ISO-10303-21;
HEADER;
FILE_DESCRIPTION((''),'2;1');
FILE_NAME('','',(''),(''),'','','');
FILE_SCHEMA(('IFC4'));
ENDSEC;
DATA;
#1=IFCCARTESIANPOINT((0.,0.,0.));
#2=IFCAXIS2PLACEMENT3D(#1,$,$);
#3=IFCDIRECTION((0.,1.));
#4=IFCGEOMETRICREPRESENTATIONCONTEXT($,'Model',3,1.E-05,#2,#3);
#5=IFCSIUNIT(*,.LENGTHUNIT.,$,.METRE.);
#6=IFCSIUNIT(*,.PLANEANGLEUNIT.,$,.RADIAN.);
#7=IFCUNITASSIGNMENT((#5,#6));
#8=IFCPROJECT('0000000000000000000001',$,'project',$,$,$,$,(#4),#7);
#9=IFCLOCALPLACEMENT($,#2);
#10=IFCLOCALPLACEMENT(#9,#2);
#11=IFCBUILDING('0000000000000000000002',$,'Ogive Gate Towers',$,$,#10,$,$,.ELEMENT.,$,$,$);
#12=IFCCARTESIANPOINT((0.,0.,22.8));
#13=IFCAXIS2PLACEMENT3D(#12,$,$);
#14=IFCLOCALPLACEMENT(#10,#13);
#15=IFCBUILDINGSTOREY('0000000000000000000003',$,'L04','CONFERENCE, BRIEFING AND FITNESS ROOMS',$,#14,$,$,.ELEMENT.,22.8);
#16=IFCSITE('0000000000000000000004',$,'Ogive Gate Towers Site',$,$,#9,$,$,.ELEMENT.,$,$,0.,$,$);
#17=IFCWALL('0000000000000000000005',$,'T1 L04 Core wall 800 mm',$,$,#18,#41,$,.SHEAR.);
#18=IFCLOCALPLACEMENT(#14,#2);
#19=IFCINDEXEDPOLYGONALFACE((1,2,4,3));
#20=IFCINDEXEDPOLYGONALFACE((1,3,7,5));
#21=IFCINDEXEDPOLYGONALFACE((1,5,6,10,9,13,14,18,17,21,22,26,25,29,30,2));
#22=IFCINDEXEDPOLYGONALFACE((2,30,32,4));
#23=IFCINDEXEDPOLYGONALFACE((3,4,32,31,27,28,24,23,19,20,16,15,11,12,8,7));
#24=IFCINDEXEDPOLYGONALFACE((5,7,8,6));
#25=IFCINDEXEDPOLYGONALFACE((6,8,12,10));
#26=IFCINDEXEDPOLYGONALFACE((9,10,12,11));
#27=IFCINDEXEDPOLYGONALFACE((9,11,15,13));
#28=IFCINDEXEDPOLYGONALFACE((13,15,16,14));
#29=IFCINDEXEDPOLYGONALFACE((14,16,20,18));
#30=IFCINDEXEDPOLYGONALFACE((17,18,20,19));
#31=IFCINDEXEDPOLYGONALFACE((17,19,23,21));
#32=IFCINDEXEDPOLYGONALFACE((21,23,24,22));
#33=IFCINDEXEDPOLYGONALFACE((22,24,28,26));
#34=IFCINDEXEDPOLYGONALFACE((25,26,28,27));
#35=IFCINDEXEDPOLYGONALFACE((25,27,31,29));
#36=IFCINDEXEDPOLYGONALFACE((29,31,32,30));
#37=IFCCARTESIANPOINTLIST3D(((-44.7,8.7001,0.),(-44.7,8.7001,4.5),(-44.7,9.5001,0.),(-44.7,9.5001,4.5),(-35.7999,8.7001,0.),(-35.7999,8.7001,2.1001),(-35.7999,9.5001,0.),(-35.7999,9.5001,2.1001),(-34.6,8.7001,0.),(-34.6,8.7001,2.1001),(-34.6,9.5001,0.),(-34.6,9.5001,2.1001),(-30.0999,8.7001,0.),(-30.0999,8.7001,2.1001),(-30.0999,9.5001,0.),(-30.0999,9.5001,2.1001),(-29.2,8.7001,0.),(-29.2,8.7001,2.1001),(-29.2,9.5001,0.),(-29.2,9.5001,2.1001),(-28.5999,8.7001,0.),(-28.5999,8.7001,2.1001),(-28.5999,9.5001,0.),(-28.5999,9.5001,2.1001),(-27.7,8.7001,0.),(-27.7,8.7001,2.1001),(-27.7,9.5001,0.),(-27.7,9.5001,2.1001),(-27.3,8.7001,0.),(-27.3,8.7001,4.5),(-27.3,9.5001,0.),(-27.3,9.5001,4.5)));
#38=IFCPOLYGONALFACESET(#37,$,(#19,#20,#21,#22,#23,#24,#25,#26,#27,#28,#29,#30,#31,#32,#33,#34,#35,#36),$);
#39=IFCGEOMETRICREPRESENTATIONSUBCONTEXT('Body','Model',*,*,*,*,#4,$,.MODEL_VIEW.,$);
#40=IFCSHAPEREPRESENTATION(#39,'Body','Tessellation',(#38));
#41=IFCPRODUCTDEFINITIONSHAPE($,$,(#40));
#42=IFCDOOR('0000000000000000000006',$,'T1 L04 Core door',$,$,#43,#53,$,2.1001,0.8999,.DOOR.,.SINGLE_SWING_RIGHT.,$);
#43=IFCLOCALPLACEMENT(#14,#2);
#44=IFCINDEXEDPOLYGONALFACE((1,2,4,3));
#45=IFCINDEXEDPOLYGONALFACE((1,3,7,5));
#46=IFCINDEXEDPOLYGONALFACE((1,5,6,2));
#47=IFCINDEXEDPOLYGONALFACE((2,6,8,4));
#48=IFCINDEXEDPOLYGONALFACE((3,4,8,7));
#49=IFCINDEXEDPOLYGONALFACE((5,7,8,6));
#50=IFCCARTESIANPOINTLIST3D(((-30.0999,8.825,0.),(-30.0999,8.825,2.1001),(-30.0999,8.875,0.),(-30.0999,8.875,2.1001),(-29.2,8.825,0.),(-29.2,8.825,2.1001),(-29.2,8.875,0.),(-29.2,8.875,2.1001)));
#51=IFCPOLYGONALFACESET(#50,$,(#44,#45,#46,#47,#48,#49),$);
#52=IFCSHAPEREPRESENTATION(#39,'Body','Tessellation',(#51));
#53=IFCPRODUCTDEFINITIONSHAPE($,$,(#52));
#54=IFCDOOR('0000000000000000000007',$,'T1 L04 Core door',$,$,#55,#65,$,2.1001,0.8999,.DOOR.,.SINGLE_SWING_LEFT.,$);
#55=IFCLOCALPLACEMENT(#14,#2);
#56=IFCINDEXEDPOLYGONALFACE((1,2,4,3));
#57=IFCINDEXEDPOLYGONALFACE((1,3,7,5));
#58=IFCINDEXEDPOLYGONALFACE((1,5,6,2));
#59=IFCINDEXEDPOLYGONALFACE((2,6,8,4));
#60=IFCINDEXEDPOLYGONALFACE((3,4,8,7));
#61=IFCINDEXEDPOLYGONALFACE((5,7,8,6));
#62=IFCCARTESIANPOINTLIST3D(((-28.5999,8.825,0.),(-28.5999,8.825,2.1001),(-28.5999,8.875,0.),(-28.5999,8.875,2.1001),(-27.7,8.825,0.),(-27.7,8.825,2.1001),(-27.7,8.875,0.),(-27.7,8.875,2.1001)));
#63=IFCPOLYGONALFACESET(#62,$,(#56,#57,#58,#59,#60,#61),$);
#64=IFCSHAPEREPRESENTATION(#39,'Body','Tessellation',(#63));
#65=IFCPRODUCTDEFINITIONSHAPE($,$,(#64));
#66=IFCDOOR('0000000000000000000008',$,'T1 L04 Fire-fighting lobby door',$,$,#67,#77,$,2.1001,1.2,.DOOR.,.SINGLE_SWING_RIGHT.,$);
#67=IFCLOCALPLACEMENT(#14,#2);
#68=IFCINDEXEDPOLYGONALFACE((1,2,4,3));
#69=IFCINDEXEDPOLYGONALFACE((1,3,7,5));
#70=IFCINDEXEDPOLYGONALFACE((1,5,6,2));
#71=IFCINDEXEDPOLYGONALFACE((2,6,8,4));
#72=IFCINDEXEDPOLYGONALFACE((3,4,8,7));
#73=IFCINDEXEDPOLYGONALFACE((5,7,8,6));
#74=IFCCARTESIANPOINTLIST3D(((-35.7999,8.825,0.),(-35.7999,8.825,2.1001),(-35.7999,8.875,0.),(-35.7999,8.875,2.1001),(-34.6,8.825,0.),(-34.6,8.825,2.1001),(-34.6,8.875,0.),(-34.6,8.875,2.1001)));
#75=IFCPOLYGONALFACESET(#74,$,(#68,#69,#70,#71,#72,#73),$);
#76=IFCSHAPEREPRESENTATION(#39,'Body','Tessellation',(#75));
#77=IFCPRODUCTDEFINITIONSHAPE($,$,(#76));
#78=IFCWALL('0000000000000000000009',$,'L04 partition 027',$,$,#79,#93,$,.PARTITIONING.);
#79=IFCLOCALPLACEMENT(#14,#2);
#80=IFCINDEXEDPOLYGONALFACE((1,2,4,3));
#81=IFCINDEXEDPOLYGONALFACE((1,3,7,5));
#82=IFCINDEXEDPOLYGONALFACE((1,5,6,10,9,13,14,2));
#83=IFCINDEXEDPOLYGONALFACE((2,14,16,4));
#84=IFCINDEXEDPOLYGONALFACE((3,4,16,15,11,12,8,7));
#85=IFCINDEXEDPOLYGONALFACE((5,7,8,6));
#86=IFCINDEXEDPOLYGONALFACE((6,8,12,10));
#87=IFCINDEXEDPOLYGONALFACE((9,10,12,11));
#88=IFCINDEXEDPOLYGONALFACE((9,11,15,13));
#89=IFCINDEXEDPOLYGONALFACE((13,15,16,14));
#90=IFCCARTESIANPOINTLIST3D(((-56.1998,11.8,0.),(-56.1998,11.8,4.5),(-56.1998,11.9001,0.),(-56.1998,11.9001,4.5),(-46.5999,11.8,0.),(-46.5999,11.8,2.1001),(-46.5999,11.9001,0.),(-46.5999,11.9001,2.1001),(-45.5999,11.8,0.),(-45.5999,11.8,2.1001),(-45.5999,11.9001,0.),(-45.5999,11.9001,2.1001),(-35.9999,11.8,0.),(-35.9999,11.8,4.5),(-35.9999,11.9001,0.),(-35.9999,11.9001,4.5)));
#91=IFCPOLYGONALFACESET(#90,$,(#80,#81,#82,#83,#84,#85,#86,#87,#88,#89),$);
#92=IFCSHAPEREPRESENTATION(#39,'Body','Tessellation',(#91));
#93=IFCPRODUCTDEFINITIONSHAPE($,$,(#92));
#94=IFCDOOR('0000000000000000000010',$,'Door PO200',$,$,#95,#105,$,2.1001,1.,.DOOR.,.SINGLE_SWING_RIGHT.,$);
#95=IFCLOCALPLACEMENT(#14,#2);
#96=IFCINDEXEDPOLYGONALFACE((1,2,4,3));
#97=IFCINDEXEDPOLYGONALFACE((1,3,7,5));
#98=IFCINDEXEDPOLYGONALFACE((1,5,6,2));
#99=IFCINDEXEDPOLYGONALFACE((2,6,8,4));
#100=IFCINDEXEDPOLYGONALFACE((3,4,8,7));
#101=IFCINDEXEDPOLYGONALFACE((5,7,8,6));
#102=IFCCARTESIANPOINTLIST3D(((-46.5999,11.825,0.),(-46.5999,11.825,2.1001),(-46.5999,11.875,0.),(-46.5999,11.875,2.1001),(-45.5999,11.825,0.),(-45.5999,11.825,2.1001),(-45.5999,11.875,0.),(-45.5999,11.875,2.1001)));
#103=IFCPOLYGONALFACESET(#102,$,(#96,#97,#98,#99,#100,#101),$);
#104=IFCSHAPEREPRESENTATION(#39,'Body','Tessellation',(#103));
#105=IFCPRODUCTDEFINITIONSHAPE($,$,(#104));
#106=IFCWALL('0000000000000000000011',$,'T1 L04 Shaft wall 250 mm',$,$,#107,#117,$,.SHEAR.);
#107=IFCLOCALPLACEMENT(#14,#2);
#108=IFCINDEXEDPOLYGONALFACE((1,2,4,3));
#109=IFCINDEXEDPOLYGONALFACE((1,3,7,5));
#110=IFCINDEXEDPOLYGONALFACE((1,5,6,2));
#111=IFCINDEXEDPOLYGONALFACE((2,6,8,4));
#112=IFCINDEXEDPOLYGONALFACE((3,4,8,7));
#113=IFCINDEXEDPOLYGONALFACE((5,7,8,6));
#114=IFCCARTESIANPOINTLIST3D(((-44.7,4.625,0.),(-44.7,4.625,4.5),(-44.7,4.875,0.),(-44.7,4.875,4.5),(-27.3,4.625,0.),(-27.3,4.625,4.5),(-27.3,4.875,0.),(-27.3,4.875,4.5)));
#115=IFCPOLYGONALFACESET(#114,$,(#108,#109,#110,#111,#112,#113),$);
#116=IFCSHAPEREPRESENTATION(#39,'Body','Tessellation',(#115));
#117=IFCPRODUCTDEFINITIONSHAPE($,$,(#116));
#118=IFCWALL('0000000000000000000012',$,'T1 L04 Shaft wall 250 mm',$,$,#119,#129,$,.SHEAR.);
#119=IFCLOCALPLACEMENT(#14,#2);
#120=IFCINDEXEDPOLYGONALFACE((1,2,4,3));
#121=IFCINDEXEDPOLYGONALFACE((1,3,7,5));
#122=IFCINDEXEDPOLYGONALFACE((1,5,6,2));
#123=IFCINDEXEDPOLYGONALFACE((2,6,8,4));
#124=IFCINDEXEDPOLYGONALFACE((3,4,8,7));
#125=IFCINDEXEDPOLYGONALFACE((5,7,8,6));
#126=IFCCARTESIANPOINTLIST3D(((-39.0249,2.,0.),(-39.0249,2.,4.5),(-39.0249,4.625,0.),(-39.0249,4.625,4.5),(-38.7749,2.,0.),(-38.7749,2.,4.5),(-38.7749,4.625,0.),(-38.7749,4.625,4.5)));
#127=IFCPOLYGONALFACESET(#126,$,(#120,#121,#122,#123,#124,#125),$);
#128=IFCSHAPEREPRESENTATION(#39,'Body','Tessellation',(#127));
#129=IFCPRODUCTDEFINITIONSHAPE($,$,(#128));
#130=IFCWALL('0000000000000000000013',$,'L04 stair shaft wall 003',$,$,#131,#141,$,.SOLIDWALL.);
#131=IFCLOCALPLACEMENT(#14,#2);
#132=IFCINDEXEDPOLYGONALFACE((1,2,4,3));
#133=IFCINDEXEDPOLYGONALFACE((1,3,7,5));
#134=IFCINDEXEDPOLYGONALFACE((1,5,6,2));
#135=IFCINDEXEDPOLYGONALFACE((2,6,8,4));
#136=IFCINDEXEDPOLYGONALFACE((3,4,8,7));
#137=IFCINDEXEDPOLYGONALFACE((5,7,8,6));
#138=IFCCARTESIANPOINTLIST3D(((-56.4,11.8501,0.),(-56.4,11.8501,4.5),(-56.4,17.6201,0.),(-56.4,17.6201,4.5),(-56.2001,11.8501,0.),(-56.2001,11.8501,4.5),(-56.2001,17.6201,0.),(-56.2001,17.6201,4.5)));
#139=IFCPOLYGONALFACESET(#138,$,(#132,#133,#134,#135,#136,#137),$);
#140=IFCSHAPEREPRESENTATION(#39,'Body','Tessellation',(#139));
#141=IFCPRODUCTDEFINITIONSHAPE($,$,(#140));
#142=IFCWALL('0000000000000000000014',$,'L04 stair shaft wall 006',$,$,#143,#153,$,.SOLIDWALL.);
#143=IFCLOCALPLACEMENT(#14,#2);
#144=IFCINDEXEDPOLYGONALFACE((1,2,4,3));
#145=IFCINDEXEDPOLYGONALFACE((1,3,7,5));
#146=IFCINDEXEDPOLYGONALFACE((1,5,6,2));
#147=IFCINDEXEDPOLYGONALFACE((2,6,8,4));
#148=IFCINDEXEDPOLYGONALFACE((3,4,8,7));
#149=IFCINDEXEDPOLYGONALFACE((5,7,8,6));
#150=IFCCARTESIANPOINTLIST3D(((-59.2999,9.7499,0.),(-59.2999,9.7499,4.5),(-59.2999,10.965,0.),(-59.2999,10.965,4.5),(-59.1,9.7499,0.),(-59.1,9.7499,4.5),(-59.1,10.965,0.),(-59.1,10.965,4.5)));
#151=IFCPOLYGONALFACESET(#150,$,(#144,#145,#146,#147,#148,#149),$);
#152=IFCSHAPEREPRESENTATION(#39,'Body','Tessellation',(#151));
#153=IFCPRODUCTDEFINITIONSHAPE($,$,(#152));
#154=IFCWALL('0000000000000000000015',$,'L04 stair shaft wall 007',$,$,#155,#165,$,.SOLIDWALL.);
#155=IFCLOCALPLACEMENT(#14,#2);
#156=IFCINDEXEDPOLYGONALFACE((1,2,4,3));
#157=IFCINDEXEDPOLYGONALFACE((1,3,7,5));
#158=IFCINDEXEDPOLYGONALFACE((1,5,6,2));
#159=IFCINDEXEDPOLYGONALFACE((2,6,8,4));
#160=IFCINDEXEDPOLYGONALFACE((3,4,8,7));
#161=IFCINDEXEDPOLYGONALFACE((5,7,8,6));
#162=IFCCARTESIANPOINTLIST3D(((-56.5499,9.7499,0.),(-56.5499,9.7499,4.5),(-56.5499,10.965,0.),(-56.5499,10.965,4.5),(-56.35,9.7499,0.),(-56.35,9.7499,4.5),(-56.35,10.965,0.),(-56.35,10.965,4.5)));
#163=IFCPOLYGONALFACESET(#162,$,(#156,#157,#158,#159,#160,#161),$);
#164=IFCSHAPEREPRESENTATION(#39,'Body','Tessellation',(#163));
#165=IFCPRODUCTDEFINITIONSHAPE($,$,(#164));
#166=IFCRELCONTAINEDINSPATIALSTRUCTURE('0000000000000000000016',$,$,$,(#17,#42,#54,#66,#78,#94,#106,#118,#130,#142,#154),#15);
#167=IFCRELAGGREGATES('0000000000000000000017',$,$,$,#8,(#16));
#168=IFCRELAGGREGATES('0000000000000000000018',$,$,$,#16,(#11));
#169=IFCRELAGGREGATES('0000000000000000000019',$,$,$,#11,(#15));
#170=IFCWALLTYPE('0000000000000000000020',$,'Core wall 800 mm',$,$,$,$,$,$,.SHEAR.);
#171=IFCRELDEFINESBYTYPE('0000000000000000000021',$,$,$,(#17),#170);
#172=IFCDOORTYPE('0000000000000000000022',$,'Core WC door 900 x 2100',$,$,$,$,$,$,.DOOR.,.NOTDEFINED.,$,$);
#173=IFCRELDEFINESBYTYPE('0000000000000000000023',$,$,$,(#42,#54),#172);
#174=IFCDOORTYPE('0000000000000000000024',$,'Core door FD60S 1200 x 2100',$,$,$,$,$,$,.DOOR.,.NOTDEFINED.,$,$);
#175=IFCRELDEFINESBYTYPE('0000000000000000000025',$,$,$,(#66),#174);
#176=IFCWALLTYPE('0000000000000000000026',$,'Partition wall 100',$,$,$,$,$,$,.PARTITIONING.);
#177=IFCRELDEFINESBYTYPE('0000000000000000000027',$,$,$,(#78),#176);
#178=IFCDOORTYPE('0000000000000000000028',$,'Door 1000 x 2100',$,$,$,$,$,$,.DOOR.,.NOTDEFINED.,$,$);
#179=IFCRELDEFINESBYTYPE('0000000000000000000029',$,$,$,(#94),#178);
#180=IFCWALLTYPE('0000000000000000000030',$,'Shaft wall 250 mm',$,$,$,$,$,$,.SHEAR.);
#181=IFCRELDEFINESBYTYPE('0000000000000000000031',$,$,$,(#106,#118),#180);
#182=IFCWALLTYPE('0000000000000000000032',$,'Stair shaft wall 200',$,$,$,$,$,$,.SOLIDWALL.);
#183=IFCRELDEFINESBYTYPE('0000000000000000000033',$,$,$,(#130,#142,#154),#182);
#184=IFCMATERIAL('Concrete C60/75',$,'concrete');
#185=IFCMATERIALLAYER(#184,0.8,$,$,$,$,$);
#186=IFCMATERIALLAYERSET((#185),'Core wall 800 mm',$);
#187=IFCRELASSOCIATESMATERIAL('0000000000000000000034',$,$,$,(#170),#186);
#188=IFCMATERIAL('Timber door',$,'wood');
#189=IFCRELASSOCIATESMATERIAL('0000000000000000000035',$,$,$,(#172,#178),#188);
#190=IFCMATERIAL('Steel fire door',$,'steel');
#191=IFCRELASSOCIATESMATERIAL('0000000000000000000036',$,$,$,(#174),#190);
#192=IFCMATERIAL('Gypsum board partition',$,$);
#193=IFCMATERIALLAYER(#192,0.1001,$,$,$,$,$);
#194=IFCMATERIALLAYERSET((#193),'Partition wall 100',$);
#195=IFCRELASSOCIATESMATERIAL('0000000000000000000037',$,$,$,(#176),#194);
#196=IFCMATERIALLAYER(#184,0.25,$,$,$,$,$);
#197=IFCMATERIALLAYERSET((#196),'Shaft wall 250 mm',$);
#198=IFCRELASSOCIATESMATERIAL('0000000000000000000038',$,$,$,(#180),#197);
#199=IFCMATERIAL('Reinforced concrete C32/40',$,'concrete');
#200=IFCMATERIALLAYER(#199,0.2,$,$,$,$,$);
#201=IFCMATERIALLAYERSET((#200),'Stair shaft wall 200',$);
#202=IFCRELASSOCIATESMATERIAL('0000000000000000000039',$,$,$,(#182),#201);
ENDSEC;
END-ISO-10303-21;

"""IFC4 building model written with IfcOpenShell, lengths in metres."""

from ifc_helpers import new_model, si_unit, direction, frame, frame_2d, origin, place, context, subcontext, project, spatial, rectangle, extrude, material, layer, layer_set, type_object, element, fill, save


model = new_model("IFC4")

# Units and contexts
model_context = context("Model", 3, precision=1e-05, world=origin(), true_north=direction((0.0, 1.0)))
body_context = subcontext(model_context, "Body", "Model", "MODEL_VIEW")
ifc_project = project(units=[si_unit("LENGTHUNIT", "METRE"), si_unit("PLANEANGLEUNIT", "RADIAN")], contexts=[model_context])

# Site, building, storey
site_placement = place(None, origin())
site = spatial("IfcSite", under=ifc_project, at=site_placement, Name="Ogive Gate Towers Site", CompositionType="ELEMENT", RefElevation=0.0)
building_placement = place(site_placement, origin())
building = spatial("IfcBuilding", under=site, at=building_placement, Name="Ogive Gate Towers", CompositionType="ELEMENT")
storey_placement = place(building_placement, frame((0.0, 0.0, 22.8)))
storey = spatial("IfcBuildingStorey", under=building, at=storey_placement, Name="L04", Description="CONFERENCE, BRIEFING AND FITNESS ROOMS", CompositionType="ELEMENT", Elevation=22.8)

# Wall, openings, doors
ifc_material_1 = material(Name="Concrete C60/75", Category="concrete")
ifc_layer_1 = layer(ifc_material_1, 0.8)
ifc_layer_set_1 = layer_set([ifc_layer_1], Name="Core wall 800 mm")
wall_type_1 = type_object("IfcWallType", Name="Core wall 800 mm", PredefinedType="SHEAR", material=ifc_layer_set_1)
wall_1_placement = place(storey_placement, frame((-44.7, 9.1001, 0.0), z_axis=(0.0, 0.0, 1.0), x_axis=(1.0, 0.0, 0.0)))
wall_1 = element("IfcWall", 1, at=wall_1_placement, inside=storey, type_object=wall_type_1, Name="T1 L04 Core wall 800 mm", PredefinedType="SHEAR", context=body_context, shape_type="SweptSolid", body=[
    extrude(rectangle(XDim=17.3999, YDim=0.8, at=frame_2d((8.7, 0.0))), origin(), (0.0, 0.0, 1.0), 4.5),
])
opening_1_placement = place(wall_1_placement, frame((8.8999, 0.0, 0.0)))
opening_1 = element("IfcOpeningElement", 2, at=opening_1_placement, cuts=wall_1, PredefinedType="OPENING", context=body_context, shape_type="SweptSolid", body=[
    extrude(rectangle(XDim=1.2, YDim=2.1001, at=frame_2d((0.6001, 1.05))), frame((0.0, 0.4102, 0.0), z_axis=(0.0, -1.0, 0.0), x_axis=(1.0, 0.0, 0.0)), (0.0, 0.0, 1.0), 0.8201),
])
opening_2_placement = place(wall_1_placement, frame((14.6001, 0.0, 0.0)))
opening_2 = element("IfcOpeningElement", 3, at=opening_2_placement, cuts=wall_1, PredefinedType="OPENING", context=body_context, shape_type="SweptSolid", body=[
    extrude(rectangle(XDim=0.8999, YDim=2.1001, at=frame_2d((0.45, 1.05))), frame((0.0, 0.4102, 0.0), z_axis=(0.0, -1.0, 0.0), x_axis=(1.0, 0.0, 0.0)), (0.0, 0.0, 1.0), 0.8201),
])
opening_3_placement = place(wall_1_placement, frame((16.1001, 0.0, 0.0)))
opening_3 = element("IfcOpeningElement", 4, at=opening_3_placement, cuts=wall_1, PredefinedType="OPENING", context=body_context, shape_type="SweptSolid", body=[
    extrude(rectangle(XDim=0.8999, YDim=2.1001, at=frame_2d((0.45, 1.05))), frame((0.0, 0.4102, 0.0), z_axis=(0.0, -1.0, 0.0), x_axis=(1.0, 0.0, 0.0)), (0.0, 0.0, 1.0), 0.8201),
])
ifc_material_2 = material(Name="Timber door", Category="wood")
door_type_1 = type_object("IfcDoorType", Name="Core WC door 900 x 2100", OperationType="NOTDEFINED", PredefinedType="DOOR", material=ifc_material_2)
door_1_placement = place(opening_2_placement, origin())
door_1 = element("IfcDoor", 5, at=door_1_placement, inside=storey, type_object=door_type_1, Name="T1 L04 Core door", OperationType="SINGLE_SWING_RIGHT", OverallHeight=2.1001, OverallWidth=0.8999, PredefinedType="DOOR", context=body_context, shape_type="SweptSolid", body=[
    extrude(rectangle(XDim=0.8999, YDim=2.1001, at=frame_2d((0.45, 1.05))), frame((0.0, -0.2251, 0.0), z_axis=(0.0, -1.0, 0.0), x_axis=(1.0, 0.0, 0.0)), (0.0, 0.0, 1.0), 0.05),
])
fill(opening_2, door_1)
door_2_placement = place(opening_3_placement, origin())
door_2 = element("IfcDoor", 6, at=door_2_placement, inside=storey, type_object=door_type_1, Name="T1 L04 Core door", OperationType="SINGLE_SWING_LEFT", OverallHeight=2.1001, OverallWidth=0.8999, PredefinedType="DOOR", context=body_context, shape_type="SweptSolid", body=[
    extrude(rectangle(XDim=0.8999, YDim=2.1001, at=frame_2d((0.45, 1.05))), frame((0.0, -0.2251, 0.0), z_axis=(0.0, -1.0, 0.0), x_axis=(1.0, 0.0, 0.0)), (0.0, 0.0, 1.0), 0.05),
])
fill(opening_3, door_2)
ifc_material_3 = material(Name="Steel fire door", Category="steel")
door_type_2 = type_object("IfcDoorType", Name="Core door FD60S 1200 x 2100", OperationType="NOTDEFINED", PredefinedType="DOOR", material=ifc_material_3)
door_3_placement = place(opening_1_placement, origin())
door_3 = element("IfcDoor", 7, at=door_3_placement, inside=storey, type_object=door_type_2, Name="T1 L04 Fire-fighting lobby door", OperationType="SINGLE_SWING_RIGHT", OverallHeight=2.1001, OverallWidth=1.2, PredefinedType="DOOR", context=body_context, shape_type="SweptSolid", body=[
    extrude(rectangle(XDim=1.2, YDim=2.1001, at=frame_2d((0.6001, 1.05))), frame((0.0, -0.2251, 0.0), z_axis=(0.0, -1.0, 0.0), x_axis=(1.0, 0.0, 0.0)), (0.0, 0.0, 1.0), 0.05),
])
fill(opening_1, door_3)

# Wall, opening, door
ifc_material_4 = material(Name="Gypsum board partition")
ifc_layer_2 = layer(ifc_material_4, 0.1001)
ifc_layer_set_2 = layer_set([ifc_layer_2], Name="Partition wall 100")
wall_type_2 = type_object("IfcWallType", Name="Partition wall 100", PredefinedType="PARTITIONING", material=ifc_layer_set_2)
wall_2_placement = place(storey_placement, frame((-56.2, 11.8501, 0.0), z_axis=(0.0, 0.0, 1.0), x_axis=(1.0, 0.0, 0.0)))
wall_2 = element("IfcWall", 8, at=wall_2_placement, inside=storey, type_object=wall_type_2, Name="L04 partition 027", PredefinedType="PARTITIONING", context=body_context, shape_type="SweptSolid", body=[
    extrude(rectangle(XDim=20.2, YDim=0.1001, at=frame_2d((10.1001, 0.0))), origin(), (0.0, 0.0, 1.0), 4.5),
])
opening_4_placement = place(wall_2_placement, frame((9.6001, 0.0, 0.0)))
opening_4 = element("IfcOpeningElement", 9, at=opening_4_placement, cuts=wall_2, PredefinedType="OPENING", context=body_context, shape_type="SweptSolid", body=[
    extrude(rectangle(XDim=1.0, YDim=2.1001, at=frame_2d((0.5, 1.05))), frame((0.0, 0.0601, 0.0), z_axis=(0.0, -1.0, 0.0), x_axis=(1.0, 0.0, 0.0)), (0.0, 0.0, 1.0), 0.1201),
])
door_type_3 = type_object("IfcDoorType", Name="Door 1000 x 2100", OperationType="NOTDEFINED", PredefinedType="DOOR", material=ifc_material_2)
door_4_placement = place(opening_4_placement, origin())
door_4 = element("IfcDoor", 10, at=door_4_placement, inside=storey, type_object=door_type_3, Name="Door PO200", OperationType="SINGLE_SWING_RIGHT", OverallHeight=2.1001, OverallWidth=1.0, PredefinedType="DOOR", context=body_context, shape_type="SweptSolid", body=[
    extrude(rectangle(XDim=1.0, YDim=2.1001, at=frame_2d((0.5, 1.05))), frame((0.0, 0.0249, 0.0), z_axis=(0.0, -1.0, 0.0), x_axis=(1.0, 0.0, 0.0)), (0.0, 0.0, 1.0), 0.05),
])
fill(opening_4, door_4)

# Walls
ifc_layer_3 = layer(ifc_material_1, 0.25)
ifc_layer_set_3 = layer_set([ifc_layer_3], Name="Shaft wall 250 mm")
wall_type_3 = type_object("IfcWallType", Name="Shaft wall 250 mm", PredefinedType="SHEAR", material=ifc_layer_set_3)
wall_3_placement = place(storey_placement, frame((-44.7, 4.75, 0.0), z_axis=(0.0, 0.0, 1.0), x_axis=(1.0, 0.0, 0.0)))
element("IfcWall", 11, at=wall_3_placement, inside=storey, type_object=wall_type_3, Name="T1 L04 Shaft wall 250 mm", PredefinedType="SHEAR", context=body_context, shape_type="SweptSolid", body=[
    extrude(rectangle(XDim=17.3999, YDim=0.25, at=frame_2d((8.7, 0.0))), origin(), (0.0, 0.0, 1.0), 4.5),
])
wall_4_placement = place(storey_placement, frame((-38.8999, 2.0, 0.0), z_axis=(0.0, 0.0, 1.0), x_axis=(0.0, 1.0, 0.0)))
element("IfcWall", 12, at=wall_4_placement, inside=storey, type_object=wall_type_3, Name="T1 L04 Shaft wall 250 mm", PredefinedType="SHEAR", context=body_context, shape_type="SweptSolid", body=[
    extrude(rectangle(XDim=2.625, YDim=0.25, at=frame_2d((1.3125, 0.0))), origin(), (0.0, 0.0, 1.0), 4.5),
])
ifc_material_5 = material(Name="Reinforced concrete C32/40", Category="concrete")
ifc_layer_4 = layer(ifc_material_5, 0.2)
ifc_layer_set_4 = layer_set([ifc_layer_4], Name="Stair shaft wall 200")
wall_type_4 = type_object("IfcWallType", Name="Stair shaft wall 200", PredefinedType="SOLIDWALL", material=ifc_layer_set_4)
wall_5_placement = place(storey_placement, frame((-56.3, 11.8501, 0.0), z_axis=(0.0, 0.0, 1.0), x_axis=(0.0, 1.0, 0.0)))
element("IfcWall", 13, at=wall_5_placement, inside=storey, type_object=wall_type_4, Name="L04 stair shaft wall 003", PredefinedType="SOLIDWALL", context=body_context, shape_type="SweptSolid", body=[
    extrude(rectangle(XDim=5.77, YDim=0.2, at=frame_2d((2.885, 0.0))), origin(), (0.0, 0.0, 1.0), 4.5),
])
for number, where, z_axis, x_axis, name in (
    (14, (-59.2, 9.75, 0.0), (0.0, 0.0, 1.0), (0.0, 1.0, 0.0), "L04 stair shaft wall 006"),
    (15, (-56.45, 9.75, 0.0), (0.0, 0.0, 1.0), (0.0, 1.0, 0.0), "L04 stair shaft wall 007"),
):
    element("IfcWall", number, at=place(storey_placement, frame(where, z_axis=z_axis, x_axis=x_axis)), inside=storey, type_object=wall_type_4, Name=name, PredefinedType="SOLIDWALL", context=body_context, shape_type="SweptSolid", body=[
        extrude(rectangle(XDim=1.2151, YDim=0.2, at=frame_2d((0.6074, 0.0))), origin(), (0.0, 0.0, 1.0), 4.5),
    ])

save(model, "model.ifc")
